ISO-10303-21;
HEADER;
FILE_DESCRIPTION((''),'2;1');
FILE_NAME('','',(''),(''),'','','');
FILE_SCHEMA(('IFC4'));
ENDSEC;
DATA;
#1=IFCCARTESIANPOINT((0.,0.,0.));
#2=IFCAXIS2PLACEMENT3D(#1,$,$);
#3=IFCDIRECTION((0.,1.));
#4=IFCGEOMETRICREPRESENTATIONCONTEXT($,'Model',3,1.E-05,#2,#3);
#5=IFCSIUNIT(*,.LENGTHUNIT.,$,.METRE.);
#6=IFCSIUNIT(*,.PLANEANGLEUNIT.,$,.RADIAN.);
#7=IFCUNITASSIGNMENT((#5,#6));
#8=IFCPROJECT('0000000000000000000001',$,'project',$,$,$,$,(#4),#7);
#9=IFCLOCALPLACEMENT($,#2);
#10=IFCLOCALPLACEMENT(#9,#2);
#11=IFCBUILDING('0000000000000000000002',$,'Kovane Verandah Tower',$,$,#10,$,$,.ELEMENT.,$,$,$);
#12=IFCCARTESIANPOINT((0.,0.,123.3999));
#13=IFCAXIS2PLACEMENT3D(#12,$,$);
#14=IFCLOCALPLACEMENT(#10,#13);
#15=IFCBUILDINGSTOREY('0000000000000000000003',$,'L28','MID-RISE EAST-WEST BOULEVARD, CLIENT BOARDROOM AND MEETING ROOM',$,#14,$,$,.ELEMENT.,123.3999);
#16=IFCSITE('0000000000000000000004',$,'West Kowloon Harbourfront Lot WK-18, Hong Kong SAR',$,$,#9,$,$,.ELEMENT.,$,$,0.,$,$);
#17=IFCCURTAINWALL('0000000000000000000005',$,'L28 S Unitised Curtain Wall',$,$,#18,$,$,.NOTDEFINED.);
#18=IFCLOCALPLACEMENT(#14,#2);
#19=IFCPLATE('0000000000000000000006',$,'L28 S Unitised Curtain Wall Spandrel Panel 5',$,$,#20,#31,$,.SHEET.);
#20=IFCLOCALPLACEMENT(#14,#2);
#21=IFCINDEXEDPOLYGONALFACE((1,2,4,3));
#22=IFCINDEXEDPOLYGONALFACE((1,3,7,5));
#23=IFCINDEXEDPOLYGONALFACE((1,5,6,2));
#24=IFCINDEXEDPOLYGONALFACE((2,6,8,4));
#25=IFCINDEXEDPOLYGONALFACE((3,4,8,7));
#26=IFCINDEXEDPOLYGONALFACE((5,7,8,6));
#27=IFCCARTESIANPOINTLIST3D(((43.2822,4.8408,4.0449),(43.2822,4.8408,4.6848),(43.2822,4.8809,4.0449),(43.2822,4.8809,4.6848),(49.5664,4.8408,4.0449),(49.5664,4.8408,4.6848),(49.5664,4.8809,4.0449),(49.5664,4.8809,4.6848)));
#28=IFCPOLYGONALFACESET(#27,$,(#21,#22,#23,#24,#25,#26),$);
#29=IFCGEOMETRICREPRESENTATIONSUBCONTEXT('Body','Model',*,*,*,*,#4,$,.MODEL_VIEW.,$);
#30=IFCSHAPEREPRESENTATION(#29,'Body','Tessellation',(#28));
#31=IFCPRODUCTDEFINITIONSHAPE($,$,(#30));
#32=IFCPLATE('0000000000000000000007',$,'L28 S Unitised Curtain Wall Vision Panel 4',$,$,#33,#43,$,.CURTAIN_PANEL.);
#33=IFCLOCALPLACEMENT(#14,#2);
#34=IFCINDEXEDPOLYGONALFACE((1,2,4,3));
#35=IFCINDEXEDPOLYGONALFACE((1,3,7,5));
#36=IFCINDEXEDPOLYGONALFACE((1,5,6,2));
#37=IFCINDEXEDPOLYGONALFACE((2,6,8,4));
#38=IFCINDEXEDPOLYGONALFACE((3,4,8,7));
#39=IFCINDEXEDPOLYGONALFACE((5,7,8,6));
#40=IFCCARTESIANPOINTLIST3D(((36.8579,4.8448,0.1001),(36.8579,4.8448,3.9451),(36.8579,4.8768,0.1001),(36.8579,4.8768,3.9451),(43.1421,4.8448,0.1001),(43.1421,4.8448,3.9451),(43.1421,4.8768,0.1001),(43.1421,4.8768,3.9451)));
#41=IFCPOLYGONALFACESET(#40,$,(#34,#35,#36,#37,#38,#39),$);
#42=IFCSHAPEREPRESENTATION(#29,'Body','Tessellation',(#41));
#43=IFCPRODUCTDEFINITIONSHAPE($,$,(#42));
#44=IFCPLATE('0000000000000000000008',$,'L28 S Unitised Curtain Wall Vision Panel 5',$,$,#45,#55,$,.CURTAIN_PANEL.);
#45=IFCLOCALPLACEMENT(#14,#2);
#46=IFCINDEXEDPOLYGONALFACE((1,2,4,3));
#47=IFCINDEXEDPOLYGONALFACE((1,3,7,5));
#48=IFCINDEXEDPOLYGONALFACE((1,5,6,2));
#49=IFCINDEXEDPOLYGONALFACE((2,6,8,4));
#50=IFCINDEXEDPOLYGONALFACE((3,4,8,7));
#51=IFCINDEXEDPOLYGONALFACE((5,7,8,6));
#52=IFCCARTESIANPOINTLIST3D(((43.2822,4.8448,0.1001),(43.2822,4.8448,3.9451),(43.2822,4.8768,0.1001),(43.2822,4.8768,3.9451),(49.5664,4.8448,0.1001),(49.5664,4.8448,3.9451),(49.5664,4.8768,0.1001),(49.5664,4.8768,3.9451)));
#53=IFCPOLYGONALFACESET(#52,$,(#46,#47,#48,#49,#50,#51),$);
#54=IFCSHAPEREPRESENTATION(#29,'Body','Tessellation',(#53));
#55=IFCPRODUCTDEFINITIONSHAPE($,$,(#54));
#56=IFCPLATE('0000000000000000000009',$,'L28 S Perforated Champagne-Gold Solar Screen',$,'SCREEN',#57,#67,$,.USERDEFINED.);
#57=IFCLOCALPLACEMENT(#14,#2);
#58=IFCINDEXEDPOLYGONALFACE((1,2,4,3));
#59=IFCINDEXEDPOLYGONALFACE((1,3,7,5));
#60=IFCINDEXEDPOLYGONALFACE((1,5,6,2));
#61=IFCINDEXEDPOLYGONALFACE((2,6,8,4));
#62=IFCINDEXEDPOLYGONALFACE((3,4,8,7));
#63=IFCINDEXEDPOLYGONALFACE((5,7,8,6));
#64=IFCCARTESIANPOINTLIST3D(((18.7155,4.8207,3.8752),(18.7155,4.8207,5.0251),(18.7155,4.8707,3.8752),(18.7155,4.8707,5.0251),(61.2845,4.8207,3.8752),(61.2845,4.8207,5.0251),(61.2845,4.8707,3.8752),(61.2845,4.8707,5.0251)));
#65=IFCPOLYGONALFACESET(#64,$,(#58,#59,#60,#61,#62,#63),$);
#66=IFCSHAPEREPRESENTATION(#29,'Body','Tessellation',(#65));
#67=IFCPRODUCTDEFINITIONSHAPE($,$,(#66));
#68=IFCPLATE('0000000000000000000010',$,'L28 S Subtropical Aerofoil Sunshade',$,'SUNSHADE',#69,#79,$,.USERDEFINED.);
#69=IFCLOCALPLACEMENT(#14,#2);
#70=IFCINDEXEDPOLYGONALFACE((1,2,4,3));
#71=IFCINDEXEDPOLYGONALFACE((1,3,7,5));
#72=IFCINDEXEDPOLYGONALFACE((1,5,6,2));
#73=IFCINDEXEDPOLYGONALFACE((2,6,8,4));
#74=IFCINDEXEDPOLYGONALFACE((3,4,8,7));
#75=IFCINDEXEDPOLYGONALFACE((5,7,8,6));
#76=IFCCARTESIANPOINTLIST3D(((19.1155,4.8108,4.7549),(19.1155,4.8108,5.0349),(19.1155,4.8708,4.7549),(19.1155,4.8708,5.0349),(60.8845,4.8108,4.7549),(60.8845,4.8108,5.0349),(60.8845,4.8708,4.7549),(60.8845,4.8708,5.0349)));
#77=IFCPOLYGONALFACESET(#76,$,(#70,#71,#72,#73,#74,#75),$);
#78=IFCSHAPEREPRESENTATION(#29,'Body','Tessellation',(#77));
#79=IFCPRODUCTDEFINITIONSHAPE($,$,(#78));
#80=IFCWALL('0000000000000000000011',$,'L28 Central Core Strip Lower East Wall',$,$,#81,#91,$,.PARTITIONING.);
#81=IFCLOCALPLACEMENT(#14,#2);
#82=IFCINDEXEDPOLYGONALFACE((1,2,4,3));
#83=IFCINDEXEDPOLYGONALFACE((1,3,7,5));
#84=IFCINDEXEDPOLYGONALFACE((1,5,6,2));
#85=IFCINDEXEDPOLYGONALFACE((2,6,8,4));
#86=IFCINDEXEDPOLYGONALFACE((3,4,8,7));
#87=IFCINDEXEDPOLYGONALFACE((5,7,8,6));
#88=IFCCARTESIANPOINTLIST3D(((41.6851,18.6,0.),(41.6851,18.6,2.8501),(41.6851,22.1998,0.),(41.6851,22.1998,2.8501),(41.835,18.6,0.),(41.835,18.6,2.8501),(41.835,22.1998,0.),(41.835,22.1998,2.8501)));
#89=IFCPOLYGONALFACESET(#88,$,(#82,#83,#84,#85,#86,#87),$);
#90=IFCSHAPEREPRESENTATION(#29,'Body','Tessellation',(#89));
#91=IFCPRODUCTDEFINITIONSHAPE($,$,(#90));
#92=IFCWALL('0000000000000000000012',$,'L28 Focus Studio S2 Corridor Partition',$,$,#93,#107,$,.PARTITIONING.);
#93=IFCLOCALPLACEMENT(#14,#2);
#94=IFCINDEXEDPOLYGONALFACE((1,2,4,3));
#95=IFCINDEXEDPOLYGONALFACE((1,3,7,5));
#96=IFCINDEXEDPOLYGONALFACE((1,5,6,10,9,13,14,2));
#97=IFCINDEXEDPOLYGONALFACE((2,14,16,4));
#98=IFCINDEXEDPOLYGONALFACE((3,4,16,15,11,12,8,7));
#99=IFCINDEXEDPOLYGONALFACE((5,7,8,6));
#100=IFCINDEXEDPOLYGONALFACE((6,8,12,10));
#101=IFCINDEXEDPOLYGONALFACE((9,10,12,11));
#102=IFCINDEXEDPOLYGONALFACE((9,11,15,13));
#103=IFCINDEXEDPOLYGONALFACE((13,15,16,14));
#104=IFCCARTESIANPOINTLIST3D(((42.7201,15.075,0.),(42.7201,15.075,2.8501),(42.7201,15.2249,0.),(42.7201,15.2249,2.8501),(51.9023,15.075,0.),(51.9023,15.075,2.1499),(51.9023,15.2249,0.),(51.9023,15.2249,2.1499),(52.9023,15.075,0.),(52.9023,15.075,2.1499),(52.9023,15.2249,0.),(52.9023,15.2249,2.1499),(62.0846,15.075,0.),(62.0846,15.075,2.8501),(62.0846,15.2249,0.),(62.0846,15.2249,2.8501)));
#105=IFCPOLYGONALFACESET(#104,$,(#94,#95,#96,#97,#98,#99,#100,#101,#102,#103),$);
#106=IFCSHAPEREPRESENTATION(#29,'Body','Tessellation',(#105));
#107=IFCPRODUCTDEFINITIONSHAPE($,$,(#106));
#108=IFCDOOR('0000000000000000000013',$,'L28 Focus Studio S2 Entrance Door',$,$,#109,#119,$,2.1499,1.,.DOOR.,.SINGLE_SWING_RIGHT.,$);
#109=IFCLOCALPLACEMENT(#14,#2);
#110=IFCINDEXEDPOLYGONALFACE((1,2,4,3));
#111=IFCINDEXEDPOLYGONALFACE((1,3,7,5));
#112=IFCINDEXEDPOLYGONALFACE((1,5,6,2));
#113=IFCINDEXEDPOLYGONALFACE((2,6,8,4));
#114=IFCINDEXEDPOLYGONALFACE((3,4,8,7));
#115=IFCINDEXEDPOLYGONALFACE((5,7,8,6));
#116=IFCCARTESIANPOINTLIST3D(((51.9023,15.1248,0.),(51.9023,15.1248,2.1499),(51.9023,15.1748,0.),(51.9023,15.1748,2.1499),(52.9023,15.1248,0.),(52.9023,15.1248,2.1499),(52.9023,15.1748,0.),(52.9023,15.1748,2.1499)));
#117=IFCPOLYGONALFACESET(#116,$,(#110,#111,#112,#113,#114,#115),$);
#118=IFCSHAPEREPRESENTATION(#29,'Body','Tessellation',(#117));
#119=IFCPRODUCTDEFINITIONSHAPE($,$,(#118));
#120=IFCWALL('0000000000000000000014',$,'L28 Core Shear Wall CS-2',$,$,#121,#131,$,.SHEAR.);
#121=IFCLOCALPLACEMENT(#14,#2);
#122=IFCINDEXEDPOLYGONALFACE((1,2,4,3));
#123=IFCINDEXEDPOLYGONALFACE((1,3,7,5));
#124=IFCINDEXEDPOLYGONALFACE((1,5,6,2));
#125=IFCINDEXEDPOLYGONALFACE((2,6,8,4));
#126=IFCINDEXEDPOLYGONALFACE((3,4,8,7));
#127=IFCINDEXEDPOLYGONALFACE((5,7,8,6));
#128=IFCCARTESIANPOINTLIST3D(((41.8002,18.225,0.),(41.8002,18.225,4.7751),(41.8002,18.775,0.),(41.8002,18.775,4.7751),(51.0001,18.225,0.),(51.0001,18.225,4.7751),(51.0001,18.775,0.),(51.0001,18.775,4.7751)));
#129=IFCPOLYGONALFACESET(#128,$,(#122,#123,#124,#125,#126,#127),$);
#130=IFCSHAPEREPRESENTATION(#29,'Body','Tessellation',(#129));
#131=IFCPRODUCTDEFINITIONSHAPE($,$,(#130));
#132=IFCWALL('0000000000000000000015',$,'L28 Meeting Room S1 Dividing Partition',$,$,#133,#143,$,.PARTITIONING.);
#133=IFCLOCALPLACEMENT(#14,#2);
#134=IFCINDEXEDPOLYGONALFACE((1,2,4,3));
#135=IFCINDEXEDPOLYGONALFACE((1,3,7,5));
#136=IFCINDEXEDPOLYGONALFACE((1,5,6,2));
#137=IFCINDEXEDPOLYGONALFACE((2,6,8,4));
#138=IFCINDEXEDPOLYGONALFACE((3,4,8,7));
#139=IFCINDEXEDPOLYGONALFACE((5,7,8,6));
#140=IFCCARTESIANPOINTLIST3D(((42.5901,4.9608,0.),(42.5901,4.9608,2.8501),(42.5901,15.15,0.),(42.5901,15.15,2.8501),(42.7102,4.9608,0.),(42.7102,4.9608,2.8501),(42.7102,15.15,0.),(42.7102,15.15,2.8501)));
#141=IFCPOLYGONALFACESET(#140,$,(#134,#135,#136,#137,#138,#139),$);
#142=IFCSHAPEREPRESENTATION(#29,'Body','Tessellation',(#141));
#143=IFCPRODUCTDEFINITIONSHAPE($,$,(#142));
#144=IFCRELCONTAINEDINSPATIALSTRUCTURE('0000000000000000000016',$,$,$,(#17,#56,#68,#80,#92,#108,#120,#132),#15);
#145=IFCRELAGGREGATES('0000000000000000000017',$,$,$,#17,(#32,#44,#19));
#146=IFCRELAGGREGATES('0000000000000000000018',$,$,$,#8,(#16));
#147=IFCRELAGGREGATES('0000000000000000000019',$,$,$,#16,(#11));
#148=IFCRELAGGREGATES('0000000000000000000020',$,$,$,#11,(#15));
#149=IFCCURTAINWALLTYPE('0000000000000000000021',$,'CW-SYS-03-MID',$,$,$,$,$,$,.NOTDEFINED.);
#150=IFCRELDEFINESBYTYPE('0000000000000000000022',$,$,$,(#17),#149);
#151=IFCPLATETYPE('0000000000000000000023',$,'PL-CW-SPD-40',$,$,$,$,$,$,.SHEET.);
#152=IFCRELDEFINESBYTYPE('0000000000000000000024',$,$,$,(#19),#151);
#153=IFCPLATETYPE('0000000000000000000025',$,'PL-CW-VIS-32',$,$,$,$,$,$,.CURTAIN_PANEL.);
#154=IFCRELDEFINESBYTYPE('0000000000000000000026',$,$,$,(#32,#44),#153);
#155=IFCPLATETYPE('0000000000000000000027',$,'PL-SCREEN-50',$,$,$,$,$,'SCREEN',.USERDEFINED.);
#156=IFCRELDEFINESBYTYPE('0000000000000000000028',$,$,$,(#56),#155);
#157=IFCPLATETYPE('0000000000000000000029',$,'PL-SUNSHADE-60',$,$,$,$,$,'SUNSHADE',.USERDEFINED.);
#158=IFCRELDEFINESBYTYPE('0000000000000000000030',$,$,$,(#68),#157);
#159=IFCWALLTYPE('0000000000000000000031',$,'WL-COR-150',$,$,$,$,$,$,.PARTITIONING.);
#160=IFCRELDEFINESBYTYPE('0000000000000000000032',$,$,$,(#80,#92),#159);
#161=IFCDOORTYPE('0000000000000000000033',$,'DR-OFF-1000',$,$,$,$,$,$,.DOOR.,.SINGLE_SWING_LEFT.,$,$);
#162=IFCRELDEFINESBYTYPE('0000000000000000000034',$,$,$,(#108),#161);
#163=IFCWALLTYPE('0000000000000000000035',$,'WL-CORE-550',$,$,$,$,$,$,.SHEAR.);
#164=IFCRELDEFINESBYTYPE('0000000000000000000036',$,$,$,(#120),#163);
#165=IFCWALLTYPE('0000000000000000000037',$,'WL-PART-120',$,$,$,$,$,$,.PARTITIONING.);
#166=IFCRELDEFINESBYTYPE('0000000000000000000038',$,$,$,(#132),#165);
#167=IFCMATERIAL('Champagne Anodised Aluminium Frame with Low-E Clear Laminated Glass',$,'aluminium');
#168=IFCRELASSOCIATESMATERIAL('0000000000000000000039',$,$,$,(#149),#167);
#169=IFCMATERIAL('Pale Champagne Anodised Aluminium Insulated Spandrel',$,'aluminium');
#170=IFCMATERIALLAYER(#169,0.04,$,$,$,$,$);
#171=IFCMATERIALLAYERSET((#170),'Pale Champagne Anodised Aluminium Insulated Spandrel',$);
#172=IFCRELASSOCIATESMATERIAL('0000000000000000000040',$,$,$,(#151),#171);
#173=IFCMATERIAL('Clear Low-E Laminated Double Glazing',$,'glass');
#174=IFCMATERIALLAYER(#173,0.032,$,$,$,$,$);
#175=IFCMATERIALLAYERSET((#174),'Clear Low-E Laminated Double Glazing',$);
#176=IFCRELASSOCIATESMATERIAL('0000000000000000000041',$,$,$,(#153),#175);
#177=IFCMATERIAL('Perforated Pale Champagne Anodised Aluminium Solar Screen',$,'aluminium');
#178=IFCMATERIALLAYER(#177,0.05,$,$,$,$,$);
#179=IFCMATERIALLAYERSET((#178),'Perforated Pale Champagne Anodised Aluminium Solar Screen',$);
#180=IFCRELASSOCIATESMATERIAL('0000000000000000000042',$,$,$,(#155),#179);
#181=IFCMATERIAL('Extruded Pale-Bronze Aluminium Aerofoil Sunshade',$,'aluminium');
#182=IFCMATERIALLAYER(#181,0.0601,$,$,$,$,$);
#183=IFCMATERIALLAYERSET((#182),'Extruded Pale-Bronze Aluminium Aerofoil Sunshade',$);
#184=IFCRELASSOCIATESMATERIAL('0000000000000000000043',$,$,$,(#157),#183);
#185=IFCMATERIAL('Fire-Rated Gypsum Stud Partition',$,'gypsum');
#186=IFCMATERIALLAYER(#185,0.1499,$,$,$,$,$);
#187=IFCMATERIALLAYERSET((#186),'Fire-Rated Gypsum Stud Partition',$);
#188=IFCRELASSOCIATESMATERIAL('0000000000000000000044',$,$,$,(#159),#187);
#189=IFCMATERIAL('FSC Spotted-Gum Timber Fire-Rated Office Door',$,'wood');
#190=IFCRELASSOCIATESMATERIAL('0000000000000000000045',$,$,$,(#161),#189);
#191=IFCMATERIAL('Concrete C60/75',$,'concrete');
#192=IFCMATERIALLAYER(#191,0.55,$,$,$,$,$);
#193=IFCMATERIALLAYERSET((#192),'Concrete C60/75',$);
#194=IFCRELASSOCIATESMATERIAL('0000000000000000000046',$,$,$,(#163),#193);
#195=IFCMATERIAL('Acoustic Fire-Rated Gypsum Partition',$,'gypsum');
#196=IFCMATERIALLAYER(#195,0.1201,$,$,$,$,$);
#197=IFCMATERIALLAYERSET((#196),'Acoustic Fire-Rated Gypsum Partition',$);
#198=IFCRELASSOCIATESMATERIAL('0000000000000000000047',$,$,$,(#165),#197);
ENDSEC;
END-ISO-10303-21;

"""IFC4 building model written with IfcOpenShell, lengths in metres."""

from ifc_helpers import new_model, si_unit, direction, frame, frame_2d, origin, origin_2d, place, context, subcontext, project, spatial, rectangle, extrude, material, layer, layer_set, type_object, element, fill, aggregate, save


model = new_model("IFC4")

# Units and contexts
model_context = context("Model", 3, precision=1e-05, world=origin(), true_north=direction((0.0, 1.0)))
body_context = subcontext(model_context, "Body", "Model", "MODEL_VIEW")
ifc_project = project(units=[si_unit("LENGTHUNIT", "METRE"), si_unit("PLANEANGLEUNIT", "RADIAN")], contexts=[model_context])

# Site, building, storey
site_placement = place(None, origin())
site = spatial("IfcSite", under=ifc_project, at=site_placement, Name="West Kowloon Harbourfront Lot WK-18, Hong Kong SAR", CompositionType="ELEMENT", RefElevation=0.0)
building_placement = place(site_placement, origin())
building = spatial("IfcBuilding", under=site, at=building_placement, Name="Kovane Verandah Tower", CompositionType="ELEMENT")
storey_placement = place(building_placement, frame((0.0, 0.0, 123.3999)))
storey = spatial("IfcBuildingStorey", under=building, at=storey_placement, Name="L28", Description="MID-RISE EAST-WEST BOULEVARD, CLIENT BOARDROOM AND MEETING ROOM", CompositionType="ELEMENT", Elevation=123.3999)

# Shared definitions
ifc_material_1 = material(Name="Concrete C60/75", Category="concrete")

# Curtain wall, plates
ifc_material_2 = material(Name="Champagne Anodised Aluminium Frame with Low-E Clear Laminated Glass", Category="aluminium")
curtain_wall_type = type_object("IfcCurtainWallType", Name="CW-SYS-03-MID", PredefinedType="NOTDEFINED", material=ifc_material_2)
curtain_wall_placement = place(storey_placement, origin())
curtain_wall = element("IfcCurtainWall", 1, at=curtain_wall_placement, inside=storey, type_object=curtain_wall_type, Name="L28 S Unitised Curtain Wall", PredefinedType="NOTDEFINED")
ifc_material_3 = material(Name="Pale Champagne Anodised Aluminium Insulated Spandrel", Category="aluminium")
ifc_layer_1 = layer(ifc_material_3, 0.04)
ifc_layer_set_1 = layer_set([ifc_layer_1], Name="Pale Champagne Anodised Aluminium Insulated Spandrel")
plate_type_1 = type_object("IfcPlateType", Name="PL-CW-SPD-40", PredefinedType="SHEET", material=ifc_layer_set_1)
plate_1_placement = place(storey_placement, frame((46.4243, 4.8608, 4.0449), z_axis=(0.0, 0.0, 1.0), x_axis=(1.0, 0.0, 0.0)))
plate_1 = element("IfcPlate", 2, at=plate_1_placement, type_object=plate_type_1, Name="L28 S Unitised Curtain Wall Spandrel Panel 5", PredefinedType="SHEET", context=body_context, shape_type="SweptSolid", body=[
    extrude(rectangle(XDim=6.2842, YDim=0.04, at=origin_2d()), origin(), (0.0, 0.0, 1.0), 0.6399),
])
ifc_material_4 = material(Name="Clear Low-E Laminated Double Glazing", Category="glass")
ifc_layer_2 = layer(ifc_material_4, 0.032)
ifc_layer_set_2 = layer_set([ifc_layer_2], Name="Clear Low-E Laminated Double Glazing")
plate_type_2 = type_object("IfcPlateType", Name="PL-CW-VIS-32", PredefinedType="CURTAIN_PANEL", material=ifc_layer_set_2)
plate_2_placement = place(storey_placement, frame((40.0, 4.8608, 0.1001), z_axis=(0.0, 0.0, 1.0), x_axis=(1.0, 0.0, 0.0)))
plate_2 = element("IfcPlate", 3, at=plate_2_placement, type_object=plate_type_2, Name="L28 S Unitised Curtain Wall Vision Panel 4", PredefinedType="CURTAIN_PANEL", context=body_context, shape_type="SweptSolid", body=[
    extrude(rectangle(XDim=6.2842, YDim=0.032, at=origin_2d()), origin(), (0.0, 0.0, 1.0), 3.845),
])
plate_3_placement = place(storey_placement, frame((46.4243, 4.8608, 0.1001), z_axis=(0.0, 0.0, 1.0), x_axis=(1.0, 0.0, 0.0)))
plate_3 = element("IfcPlate", 4, at=plate_3_placement, type_object=plate_type_2, Name="L28 S Unitised Curtain Wall Vision Panel 5", PredefinedType="CURTAIN_PANEL", context=body_context, shape_type="SweptSolid", body=[
    extrude(rectangle(XDim=6.2842, YDim=0.032, at=origin_2d()), origin(), (0.0, 0.0, 1.0), 3.845),
])
aggregate(curtain_wall, [plate_2, plate_3, plate_1])

# Plates
ifc_material_5 = material(Name="Perforated Pale Champagne Anodised Aluminium Solar Screen", Category="aluminium")
ifc_layer_3 = layer(ifc_material_5, 0.05)
ifc_layer_set_3 = layer_set([ifc_layer_3], Name="Perforated Pale Champagne Anodised Aluminium Solar Screen")
plate_type_3 = type_object("IfcPlateType", Name="PL-SCREEN-50", ElementType="SCREEN", PredefinedType="USERDEFINED", material=ifc_layer_set_3)
plate_4_placement = place(storey_placement, frame((40.0, 4.8457, 3.8752), z_axis=(0.0, 0.0, 1.0), x_axis=(1.0, 0.0, 0.0)))
element("IfcPlate", 5, at=plate_4_placement, inside=storey, type_object=plate_type_3, Name="L28 S Perforated Champagne-Gold Solar Screen", ObjectType="SCREEN", PredefinedType="USERDEFINED", context=body_context, shape_type="SweptSolid", body=[
    extrude(rectangle(XDim=42.5691, YDim=0.05, at=origin_2d()), origin(), (0.0, 0.0, 1.0), 1.1499),
])
ifc_material_6 = material(Name="Extruded Pale-Bronze Aluminium Aerofoil Sunshade", Category="aluminium")
ifc_layer_4 = layer(ifc_material_6, 0.0601)
ifc_layer_set_4 = layer_set([ifc_layer_4], Name="Extruded Pale-Bronze Aluminium Aerofoil Sunshade")
plate_type_4 = type_object("IfcPlateType", Name="PL-SUNSHADE-60", ElementType="SUNSHADE", PredefinedType="USERDEFINED", material=ifc_layer_set_4)
plate_5_placement = place(storey_placement, frame((40.0, 4.8408, 4.7549), z_axis=(0.0, 0.0, 1.0), x_axis=(1.0, 0.0, 0.0)))
element("IfcPlate", 6, at=plate_5_placement, inside=storey, type_object=plate_type_4, Name="L28 S Subtropical Aerofoil Sunshade", ObjectType="SUNSHADE", PredefinedType="USERDEFINED", context=body_context, shape_type="SweptSolid", body=[
    extrude(rectangle(XDim=41.769, YDim=0.0601, at=origin_2d()), origin(), (0.0, 0.0, 1.0), 0.28),
])

# Wall
ifc_material_7 = material(Name="Fire-Rated Gypsum Stud Partition", Category="gypsum")
ifc_layer_5 = layer(ifc_material_7, 0.1499)
ifc_layer_set_5 = layer_set([ifc_layer_5], Name="Fire-Rated Gypsum Stud Partition")
wall_type_1 = type_object("IfcWallType", Name="WL-COR-150", PredefinedType="PARTITIONING", material=ifc_layer_set_5)
wall_1_placement = place(storey_placement, frame((41.76, 18.6001, 0.0), z_axis=(0.0, 0.0, 1.0), x_axis=(0.0, 1.0, 0.0)))
element("IfcWall", 7, at=wall_1_placement, inside=storey, type_object=wall_type_1, Name="L28 Central Core Strip Lower East Wall", PredefinedType="PARTITIONING", context=body_context, shape_type="SweptSolid", body=[
    extrude(rectangle(XDim=3.5999, YDim=0.1499, at=frame_2d((1.7998, 0.0))), origin(), (0.0, 0.0, 1.0), 2.8501),
])

# Wall, opening, door
wall_2_placement = place(storey_placement, frame((42.7202, 15.1499, 0.0), z_axis=(0.0, 0.0, 1.0), x_axis=(1.0, 0.0, 0.0)))
wall_2 = element("IfcWall", 8, at=wall_2_placement, inside=storey, type_object=wall_type_1, Name="L28 Focus Studio S2 Corridor Partition", PredefinedType="PARTITIONING", context=body_context, shape_type="SweptSolid", body=[
    extrude(rectangle(XDim=19.3645, YDim=0.1499, at=frame_2d((9.6821, 0.0))), origin(), (0.0, 0.0, 1.0), 2.8501),
])
opening_placement = place(wall_2_placement, frame((9.1821, 0.0, 0.0)))
opening = element("IfcOpeningElement", 9, at=opening_placement, cuts=wall_2, PredefinedType="OPENING", context=body_context, shape_type="SweptSolid", body=[
    extrude(rectangle(XDim=1.0, YDim=2.1499, at=frame_2d((0.5, 1.075))), frame((0.0, 0.075, 0.0), z_axis=(0.0, -1.0, 0.0), x_axis=(1.0, 0.0, 0.0)), (0.0, 0.0, 1.0), 0.1499),
])
ifc_material_8 = material(Name="FSC Spotted-Gum Timber Fire-Rated Office Door", Category="wood")
door_type = type_object("IfcDoorType", Name="DR-OFF-1000", OperationType="SINGLE_SWING_LEFT", PredefinedType="DOOR", material=ifc_material_8)
door_placement = place(opening_placement, origin())
door = element("IfcDoor", 10, at=door_placement, inside=storey, type_object=door_type, Name="L28 Focus Studio S2 Entrance Door", OperationType="SINGLE_SWING_RIGHT", OverallHeight=2.1499, OverallWidth=1.0, PredefinedType="DOOR", context=body_context, shape_type="SweptSolid", body=[
    extrude(rectangle(XDim=1.0, YDim=2.1499, at=frame_2d((0.5, 1.075))), frame((0.0, 0.0249, 0.0), z_axis=(0.0, -1.0, 0.0), x_axis=(1.0, 0.0, 0.0)), (0.0, 0.0, 1.0), 0.05),
])
fill(opening, door)

# Walls
ifc_layer_6 = layer(ifc_material_1, 0.55)
ifc_layer_set_6 = layer_set([ifc_layer_6], Name="Concrete C60/75")
wall_type_2 = type_object("IfcWallType", Name="WL-CORE-550", PredefinedType="SHEAR", material=ifc_layer_set_6)
wall_3_placement = place(storey_placement, frame((41.8, 18.5, 0.0), z_axis=(0.0, 0.0, 1.0), x_axis=(1.0, 0.0, 0.0)))
element("IfcWall", 11, at=wall_3_placement, inside=storey, type_object=wall_type_2, Name="L28 Core Shear Wall CS-2", PredefinedType="SHEAR", context=body_context, shape_type="SweptSolid", body=[
    extrude(rectangle(XDim=9.2, YDim=0.55, at=frame_2d((4.6001, 0.0))), origin(), (0.0, 0.0, 1.0), 4.7751),
])
ifc_material_9 = material(Name="Acoustic Fire-Rated Gypsum Partition", Category="gypsum")
ifc_layer_7 = layer(ifc_material_9, 0.1201)
ifc_layer_set_7 = layer_set([ifc_layer_7], Name="Acoustic Fire-Rated Gypsum Partition")
wall_type_3 = type_object("IfcWallType", Name="WL-PART-120", PredefinedType="PARTITIONING", material=ifc_layer_set_7)
wall_4_placement = place(storey_placement, frame((42.6501, 4.9607, 0.0), z_axis=(0.0, 0.0, 1.0), x_axis=(0.0, 1.0, 0.0)))
element("IfcWall", 12, at=wall_4_placement, inside=storey, type_object=wall_type_3, Name="L28 Meeting Room S1 Dividing Partition", PredefinedType="PARTITIONING", context=body_context, shape_type="SweptSolid", body=[
    extrude(rectangle(XDim=10.1892, YDim=0.1201, at=frame_2d((5.0947, 0.0))), origin(), (0.0, 0.0, 1.0), 2.8501),
])

save(model, "model.ifc")
